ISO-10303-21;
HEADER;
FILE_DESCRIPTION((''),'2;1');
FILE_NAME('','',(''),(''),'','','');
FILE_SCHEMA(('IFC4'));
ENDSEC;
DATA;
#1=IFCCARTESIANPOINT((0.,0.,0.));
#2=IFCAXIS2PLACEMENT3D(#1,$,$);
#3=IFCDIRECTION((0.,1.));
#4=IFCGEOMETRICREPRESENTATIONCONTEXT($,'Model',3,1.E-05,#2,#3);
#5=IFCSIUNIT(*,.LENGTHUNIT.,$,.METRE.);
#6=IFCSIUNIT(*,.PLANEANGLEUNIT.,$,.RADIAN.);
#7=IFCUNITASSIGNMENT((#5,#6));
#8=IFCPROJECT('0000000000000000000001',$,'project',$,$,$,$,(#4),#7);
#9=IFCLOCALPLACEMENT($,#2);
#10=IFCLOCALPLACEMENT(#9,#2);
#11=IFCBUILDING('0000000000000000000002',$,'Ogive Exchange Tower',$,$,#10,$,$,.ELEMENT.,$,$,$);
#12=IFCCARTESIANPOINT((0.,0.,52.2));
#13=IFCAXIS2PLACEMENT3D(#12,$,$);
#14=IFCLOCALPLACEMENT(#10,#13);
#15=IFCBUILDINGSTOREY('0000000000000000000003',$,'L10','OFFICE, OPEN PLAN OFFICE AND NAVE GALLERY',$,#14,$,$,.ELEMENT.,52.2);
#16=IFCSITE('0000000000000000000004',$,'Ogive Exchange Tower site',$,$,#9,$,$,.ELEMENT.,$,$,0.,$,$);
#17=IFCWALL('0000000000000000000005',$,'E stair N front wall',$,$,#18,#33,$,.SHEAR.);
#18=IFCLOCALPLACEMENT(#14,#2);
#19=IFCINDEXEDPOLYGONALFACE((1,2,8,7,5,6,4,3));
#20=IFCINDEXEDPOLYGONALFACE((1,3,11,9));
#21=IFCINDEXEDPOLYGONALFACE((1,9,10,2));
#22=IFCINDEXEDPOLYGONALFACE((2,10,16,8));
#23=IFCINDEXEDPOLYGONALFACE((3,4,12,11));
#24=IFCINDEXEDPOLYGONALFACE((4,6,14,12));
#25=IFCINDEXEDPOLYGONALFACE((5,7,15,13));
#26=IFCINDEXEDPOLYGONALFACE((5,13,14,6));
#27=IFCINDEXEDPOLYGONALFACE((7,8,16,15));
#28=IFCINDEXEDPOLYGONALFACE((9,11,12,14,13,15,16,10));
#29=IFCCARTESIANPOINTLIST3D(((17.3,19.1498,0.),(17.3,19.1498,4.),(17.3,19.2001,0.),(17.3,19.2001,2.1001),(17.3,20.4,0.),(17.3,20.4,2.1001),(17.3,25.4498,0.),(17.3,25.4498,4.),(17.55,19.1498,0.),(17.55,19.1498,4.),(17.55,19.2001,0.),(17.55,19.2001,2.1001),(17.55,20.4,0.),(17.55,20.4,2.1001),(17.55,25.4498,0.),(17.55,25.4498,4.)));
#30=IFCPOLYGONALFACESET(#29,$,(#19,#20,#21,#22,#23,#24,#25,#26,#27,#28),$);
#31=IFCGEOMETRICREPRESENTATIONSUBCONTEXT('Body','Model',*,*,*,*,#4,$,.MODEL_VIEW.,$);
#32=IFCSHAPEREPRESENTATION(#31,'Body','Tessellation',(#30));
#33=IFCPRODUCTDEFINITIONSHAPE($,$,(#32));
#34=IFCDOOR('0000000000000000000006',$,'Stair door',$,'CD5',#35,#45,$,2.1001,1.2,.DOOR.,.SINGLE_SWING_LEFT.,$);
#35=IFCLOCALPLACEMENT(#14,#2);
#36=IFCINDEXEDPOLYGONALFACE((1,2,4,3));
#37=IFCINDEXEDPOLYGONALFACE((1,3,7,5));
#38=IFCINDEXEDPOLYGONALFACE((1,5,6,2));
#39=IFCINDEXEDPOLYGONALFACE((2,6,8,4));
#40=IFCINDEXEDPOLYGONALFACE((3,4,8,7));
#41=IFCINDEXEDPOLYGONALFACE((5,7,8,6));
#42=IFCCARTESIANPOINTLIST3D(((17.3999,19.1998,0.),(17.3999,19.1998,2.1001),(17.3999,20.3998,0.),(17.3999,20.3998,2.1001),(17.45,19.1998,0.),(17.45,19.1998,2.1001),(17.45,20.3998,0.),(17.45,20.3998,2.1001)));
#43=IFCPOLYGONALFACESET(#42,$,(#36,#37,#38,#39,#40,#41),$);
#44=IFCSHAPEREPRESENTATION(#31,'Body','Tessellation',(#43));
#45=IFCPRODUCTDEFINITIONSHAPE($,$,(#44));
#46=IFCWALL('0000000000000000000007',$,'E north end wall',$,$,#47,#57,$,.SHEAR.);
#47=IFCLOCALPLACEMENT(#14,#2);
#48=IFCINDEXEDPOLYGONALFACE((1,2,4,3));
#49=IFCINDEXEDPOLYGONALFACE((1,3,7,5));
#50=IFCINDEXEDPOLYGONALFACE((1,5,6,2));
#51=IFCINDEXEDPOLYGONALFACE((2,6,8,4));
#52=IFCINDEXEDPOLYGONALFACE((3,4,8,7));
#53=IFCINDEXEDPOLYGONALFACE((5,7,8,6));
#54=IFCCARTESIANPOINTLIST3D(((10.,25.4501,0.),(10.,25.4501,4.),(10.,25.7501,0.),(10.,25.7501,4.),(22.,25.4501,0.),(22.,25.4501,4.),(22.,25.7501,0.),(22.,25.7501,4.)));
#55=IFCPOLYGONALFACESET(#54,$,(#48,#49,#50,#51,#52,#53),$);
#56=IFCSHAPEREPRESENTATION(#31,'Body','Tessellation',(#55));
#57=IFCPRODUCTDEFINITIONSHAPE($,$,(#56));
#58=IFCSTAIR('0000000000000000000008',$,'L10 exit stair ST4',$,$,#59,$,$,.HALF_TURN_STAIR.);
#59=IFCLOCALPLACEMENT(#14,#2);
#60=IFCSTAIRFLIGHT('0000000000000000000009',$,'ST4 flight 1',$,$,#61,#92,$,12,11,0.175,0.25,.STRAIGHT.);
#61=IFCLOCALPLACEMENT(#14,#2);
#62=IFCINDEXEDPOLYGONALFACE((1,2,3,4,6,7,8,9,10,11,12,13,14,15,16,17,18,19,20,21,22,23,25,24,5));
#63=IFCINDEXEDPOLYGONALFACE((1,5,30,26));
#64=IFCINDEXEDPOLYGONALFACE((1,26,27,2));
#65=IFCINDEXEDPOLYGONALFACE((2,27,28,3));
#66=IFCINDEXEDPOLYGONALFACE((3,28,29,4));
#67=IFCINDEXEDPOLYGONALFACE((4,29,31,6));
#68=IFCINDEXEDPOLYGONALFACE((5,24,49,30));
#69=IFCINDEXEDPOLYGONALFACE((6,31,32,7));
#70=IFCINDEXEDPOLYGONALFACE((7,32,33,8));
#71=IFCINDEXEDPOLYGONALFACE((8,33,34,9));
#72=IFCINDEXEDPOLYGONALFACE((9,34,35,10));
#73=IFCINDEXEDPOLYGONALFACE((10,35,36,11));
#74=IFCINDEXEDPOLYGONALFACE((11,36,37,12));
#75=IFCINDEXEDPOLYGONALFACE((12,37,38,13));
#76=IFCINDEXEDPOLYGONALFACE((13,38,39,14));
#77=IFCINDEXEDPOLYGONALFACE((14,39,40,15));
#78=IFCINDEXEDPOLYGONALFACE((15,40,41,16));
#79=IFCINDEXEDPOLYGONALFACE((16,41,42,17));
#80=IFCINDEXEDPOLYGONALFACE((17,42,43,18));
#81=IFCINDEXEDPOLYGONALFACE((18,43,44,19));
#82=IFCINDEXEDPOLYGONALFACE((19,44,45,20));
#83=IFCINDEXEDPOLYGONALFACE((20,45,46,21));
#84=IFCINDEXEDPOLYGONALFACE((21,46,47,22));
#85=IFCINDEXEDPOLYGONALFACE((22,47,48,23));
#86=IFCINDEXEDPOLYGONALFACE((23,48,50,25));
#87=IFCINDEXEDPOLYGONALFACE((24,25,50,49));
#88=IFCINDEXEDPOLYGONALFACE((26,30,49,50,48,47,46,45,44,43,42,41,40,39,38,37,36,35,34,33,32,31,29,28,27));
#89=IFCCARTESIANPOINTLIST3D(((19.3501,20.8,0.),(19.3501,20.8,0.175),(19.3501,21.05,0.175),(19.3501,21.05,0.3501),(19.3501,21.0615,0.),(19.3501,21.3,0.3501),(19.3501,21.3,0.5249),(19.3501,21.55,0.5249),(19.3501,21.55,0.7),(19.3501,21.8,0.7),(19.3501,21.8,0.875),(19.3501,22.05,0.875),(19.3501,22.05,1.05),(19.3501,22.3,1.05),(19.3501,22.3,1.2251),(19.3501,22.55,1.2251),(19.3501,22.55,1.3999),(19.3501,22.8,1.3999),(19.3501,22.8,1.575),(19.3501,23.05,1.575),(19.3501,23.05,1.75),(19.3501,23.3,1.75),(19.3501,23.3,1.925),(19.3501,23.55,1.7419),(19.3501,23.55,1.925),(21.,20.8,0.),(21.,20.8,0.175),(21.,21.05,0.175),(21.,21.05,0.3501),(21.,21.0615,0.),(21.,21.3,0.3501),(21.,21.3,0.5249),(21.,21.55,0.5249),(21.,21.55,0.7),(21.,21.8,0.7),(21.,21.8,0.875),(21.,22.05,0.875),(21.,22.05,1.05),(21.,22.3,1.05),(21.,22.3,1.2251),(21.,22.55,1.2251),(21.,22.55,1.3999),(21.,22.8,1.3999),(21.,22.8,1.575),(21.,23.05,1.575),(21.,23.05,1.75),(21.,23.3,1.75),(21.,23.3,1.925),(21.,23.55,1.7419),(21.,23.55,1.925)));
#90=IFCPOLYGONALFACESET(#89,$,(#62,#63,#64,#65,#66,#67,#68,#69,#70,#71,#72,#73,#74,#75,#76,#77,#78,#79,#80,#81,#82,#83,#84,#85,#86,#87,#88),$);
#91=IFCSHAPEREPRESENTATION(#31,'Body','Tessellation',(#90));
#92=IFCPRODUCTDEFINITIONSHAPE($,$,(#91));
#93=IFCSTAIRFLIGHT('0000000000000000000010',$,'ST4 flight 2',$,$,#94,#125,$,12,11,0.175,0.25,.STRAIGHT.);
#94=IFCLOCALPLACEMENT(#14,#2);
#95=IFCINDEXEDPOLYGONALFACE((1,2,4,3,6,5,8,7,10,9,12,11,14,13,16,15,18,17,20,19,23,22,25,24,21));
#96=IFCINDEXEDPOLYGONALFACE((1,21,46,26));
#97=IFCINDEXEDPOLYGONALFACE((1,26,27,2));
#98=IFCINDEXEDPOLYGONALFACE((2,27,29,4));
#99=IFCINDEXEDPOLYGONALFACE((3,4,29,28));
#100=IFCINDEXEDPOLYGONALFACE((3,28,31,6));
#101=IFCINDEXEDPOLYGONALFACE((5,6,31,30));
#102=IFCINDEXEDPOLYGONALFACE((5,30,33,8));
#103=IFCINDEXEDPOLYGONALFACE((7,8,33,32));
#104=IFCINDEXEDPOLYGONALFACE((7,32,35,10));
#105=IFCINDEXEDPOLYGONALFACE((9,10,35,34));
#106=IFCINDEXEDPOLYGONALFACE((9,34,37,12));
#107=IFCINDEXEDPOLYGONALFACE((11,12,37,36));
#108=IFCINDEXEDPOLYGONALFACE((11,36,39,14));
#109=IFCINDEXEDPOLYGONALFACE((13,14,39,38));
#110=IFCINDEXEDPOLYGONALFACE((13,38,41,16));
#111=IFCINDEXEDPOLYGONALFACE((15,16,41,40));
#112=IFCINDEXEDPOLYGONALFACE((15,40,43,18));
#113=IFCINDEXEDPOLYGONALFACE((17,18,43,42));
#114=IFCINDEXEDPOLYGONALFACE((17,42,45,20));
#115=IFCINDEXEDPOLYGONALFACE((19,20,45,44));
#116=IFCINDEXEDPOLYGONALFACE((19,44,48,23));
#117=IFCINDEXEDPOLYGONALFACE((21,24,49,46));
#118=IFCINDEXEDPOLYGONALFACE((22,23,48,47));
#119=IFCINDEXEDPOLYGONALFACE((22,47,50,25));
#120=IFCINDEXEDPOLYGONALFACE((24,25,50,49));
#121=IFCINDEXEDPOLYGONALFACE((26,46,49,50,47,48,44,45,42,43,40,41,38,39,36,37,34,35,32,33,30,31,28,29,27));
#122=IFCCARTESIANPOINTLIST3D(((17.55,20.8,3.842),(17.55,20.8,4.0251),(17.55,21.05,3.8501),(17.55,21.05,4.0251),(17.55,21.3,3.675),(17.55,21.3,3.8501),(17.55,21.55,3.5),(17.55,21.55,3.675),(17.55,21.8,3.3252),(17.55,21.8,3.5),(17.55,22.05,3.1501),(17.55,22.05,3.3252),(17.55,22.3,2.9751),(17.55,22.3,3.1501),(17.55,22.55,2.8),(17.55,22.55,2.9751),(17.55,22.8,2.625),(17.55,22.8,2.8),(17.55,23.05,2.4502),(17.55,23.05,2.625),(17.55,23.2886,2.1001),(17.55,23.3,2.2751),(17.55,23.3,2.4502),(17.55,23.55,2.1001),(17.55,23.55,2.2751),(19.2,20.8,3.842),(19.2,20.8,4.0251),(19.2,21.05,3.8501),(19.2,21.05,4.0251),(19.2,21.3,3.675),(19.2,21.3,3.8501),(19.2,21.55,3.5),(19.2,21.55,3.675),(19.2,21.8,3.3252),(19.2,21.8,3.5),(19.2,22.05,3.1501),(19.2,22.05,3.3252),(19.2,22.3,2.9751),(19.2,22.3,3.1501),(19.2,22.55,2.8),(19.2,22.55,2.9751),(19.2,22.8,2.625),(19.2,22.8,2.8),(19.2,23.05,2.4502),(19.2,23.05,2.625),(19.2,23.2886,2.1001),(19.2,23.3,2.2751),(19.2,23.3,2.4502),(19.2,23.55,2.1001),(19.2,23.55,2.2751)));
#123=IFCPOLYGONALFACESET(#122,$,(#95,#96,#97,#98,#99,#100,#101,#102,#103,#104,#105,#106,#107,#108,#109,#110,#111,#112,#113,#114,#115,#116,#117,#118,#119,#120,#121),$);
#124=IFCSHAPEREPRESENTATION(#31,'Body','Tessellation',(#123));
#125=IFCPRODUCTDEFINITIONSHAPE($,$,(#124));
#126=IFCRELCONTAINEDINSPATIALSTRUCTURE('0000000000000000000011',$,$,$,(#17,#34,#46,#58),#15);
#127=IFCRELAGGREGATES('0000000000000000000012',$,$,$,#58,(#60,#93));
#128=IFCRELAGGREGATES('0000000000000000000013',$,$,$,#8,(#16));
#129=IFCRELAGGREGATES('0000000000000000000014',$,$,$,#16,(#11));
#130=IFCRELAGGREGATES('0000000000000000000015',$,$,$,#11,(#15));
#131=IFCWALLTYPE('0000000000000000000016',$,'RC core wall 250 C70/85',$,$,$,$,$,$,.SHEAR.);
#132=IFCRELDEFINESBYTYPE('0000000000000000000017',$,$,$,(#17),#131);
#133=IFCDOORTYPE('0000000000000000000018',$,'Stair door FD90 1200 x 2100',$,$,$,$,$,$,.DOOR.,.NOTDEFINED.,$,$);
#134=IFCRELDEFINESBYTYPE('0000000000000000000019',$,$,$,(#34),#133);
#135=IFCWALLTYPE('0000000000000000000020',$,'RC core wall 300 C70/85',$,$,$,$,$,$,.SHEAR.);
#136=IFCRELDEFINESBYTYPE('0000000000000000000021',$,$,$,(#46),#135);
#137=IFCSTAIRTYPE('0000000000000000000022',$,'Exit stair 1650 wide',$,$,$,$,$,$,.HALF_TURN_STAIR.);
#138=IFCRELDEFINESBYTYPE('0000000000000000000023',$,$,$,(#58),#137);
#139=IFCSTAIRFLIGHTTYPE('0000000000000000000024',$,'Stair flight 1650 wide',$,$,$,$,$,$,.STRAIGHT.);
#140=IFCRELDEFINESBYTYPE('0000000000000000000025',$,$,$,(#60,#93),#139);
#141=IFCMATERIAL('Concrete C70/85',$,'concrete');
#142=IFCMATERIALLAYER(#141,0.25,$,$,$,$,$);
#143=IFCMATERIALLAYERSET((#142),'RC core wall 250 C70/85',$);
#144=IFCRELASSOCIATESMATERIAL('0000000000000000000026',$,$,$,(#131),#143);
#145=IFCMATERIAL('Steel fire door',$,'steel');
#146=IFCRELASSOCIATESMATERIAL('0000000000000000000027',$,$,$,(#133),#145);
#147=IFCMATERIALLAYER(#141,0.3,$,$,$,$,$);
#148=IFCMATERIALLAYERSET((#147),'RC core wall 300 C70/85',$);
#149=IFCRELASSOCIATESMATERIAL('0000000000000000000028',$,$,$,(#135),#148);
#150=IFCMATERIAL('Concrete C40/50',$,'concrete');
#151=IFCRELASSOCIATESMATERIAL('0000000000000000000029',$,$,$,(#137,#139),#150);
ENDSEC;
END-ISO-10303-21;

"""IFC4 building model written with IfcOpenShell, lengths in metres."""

from ifc_helpers import new_model, si_unit, direction, frame, frame_2d, origin, place, context, subcontext, project, spatial, polyline, rectangle, outline, extrude, material, layer, layer_set, type_object, element, fill, aggregate, save


model = new_model("IFC4")

# Units and contexts
model_context = context("Model", 3, precision=1e-05, world=origin(), true_north=direction((0.0, 1.0)))
body_context = subcontext(model_context, "Body", "Model", "MODEL_VIEW")
ifc_project = project(units=[si_unit("LENGTHUNIT", "METRE"), si_unit("PLANEANGLEUNIT", "RADIAN")], contexts=[model_context])

# Site, building, storey
site_placement = place(None, origin())
site = spatial("IfcSite", under=ifc_project, at=site_placement, Name="Ogive Exchange Tower site", CompositionType="ELEMENT", RefElevation=0.0)
building_placement = place(site_placement, origin())
building = spatial("IfcBuilding", under=site, at=building_placement, Name="Ogive Exchange Tower", CompositionType="ELEMENT")
storey_placement = place(building_placement, frame((0.0, 0.0, 52.2)))
storey = spatial("IfcBuildingStorey", under=building, at=storey_placement, Name="L10", Description="OFFICE, OPEN PLAN OFFICE AND NAVE GALLERY", CompositionType="ELEMENT", Elevation=52.2)

# Wall, opening, door
ifc_material_1 = material(Name="Concrete C70/85", Category="concrete")
ifc_layer_1 = layer(ifc_material_1, 0.25)
ifc_layer_set_1 = layer_set([ifc_layer_1], Name="RC core wall 250 C70/85")
wall_type_1 = type_object("IfcWallType", Name="RC core wall 250 C70/85", PredefinedType="SHEAR", material=ifc_layer_set_1)
wall_1_placement = place(storey_placement, frame((17.425, 19.1499, 0.0), z_axis=(0.0, 0.0, 1.0), x_axis=(0.0, 1.0, 0.0)))
wall_1 = element("IfcWall", 1, at=wall_1_placement, inside=storey, type_object=wall_type_1, Name="E stair N front wall", PredefinedType="SHEAR", context=body_context, shape_type="SweptSolid", body=[
    extrude(rectangle(XDim=6.3, YDim=0.25, at=frame_2d((3.1499, 0.0))), origin(), (0.0, 0.0, 1.0), 4.0),
])
opening_placement = place(wall_1_placement, frame((0.05, 0.0, 0.0)))
opening = element("IfcOpeningElement", 2, at=opening_placement, cuts=wall_1, PredefinedType="OPENING", context=body_context, shape_type="SweptSolid", body=[
    extrude(rectangle(XDim=1.2, YDim=2.1001, at=frame_2d((0.6001, 1.05))), frame((0.0, 0.135, 0.0), z_axis=(0.0, -1.0, 0.0), x_axis=(1.0, 0.0, 0.0)), (0.0, 0.0, 1.0), 0.27),
])
ifc_material_2 = material(Name="Steel fire door", Category="steel")
door_type = type_object("IfcDoorType", Name="Stair door FD90 1200 x 2100", OperationType="NOTDEFINED", PredefinedType="DOOR", material=ifc_material_2)
door_placement = place(opening_placement, frame((1.2, 0.0, 0.0), z_axis=(0.0, 0.0, 1.0), x_axis=(-1.0, 0.0, 0.0)))
door = element("IfcDoor", 3, at=door_placement, inside=storey, type_object=door_type, Name="Stair door", ObjectType="CD5", OperationType="SINGLE_SWING_LEFT", OverallHeight=2.1001, OverallWidth=1.2, PredefinedType="DOOR", context=body_context, shape_type="SweptSolid", body=[
    extrude(rectangle(XDim=1.2, YDim=2.1001, at=frame_2d((0.6001, 1.05))), frame((0.0, 0.0249, 0.0), z_axis=(0.0, -1.0, 0.0), x_axis=(1.0, 0.0, 0.0)), (0.0, 0.0, 1.0), 0.05),
])
fill(opening, door)

# Wall
ifc_layer_2 = layer(ifc_material_1, 0.3)
ifc_layer_set_2 = layer_set([ifc_layer_2], Name="RC core wall 300 C70/85")
wall_type_2 = type_object("IfcWallType", Name="RC core wall 300 C70/85", PredefinedType="SHEAR", material=ifc_layer_set_2)
wall_2_placement = place(storey_placement, frame((10.0, 25.6001, 0.0), z_axis=(0.0, 0.0, 1.0), x_axis=(1.0, 0.0, 0.0)))
element("IfcWall", 4, at=wall_2_placement, inside=storey, type_object=wall_type_2, Name="E north end wall", PredefinedType="SHEAR", context=body_context, shape_type="SweptSolid", body=[
    extrude(rectangle(XDim=12.0, YDim=0.3, at=frame_2d((6.0, 0.0))), origin(), (0.0, 0.0, 1.0), 4.0),
])

# Stair, stair flights
ifc_material_3 = material(Name="Concrete C40/50", Category="concrete")
stair_type = type_object("IfcStairType", Name="Exit stair 1650 wide", PredefinedType="HALF_TURN_STAIR", material=ifc_material_3)
stair_placement = place(storey_placement, origin())
stair = element("IfcStair", 5, at=stair_placement, inside=storey, type_object=stair_type, Name="L10 exit stair ST4", PredefinedType="HALF_TURN_STAIR")
stair_flight_type = type_object("IfcStairFlightType", Name="Stair flight 1650 wide", PredefinedType="STRAIGHT", material=ifc_material_3)
stair_flight_1_placement = place(storey_placement, frame((20.175, 20.8, 0.0), z_axis=(0.0, 0.0, 1.0), x_axis=(0.0, 1.0, 0.0)))
stair_flight_1 = element("IfcStairFlight", 6, at=stair_flight_1_placement, type_object=stair_flight_type, Name="ST4 flight 1", NumberOfRisers=12, NumberOfTreads=11, PredefinedType="STRAIGHT", RiserHeight=0.175, TreadLength=0.25, context=body_context, shape_type="SweptSolid", body=[
    extrude(outline(polyline([(0.0, 0.0), (0.0, 0.175), (0.25, 0.175), (0.25, 0.3501), (0.5, 0.3501), (0.5, 0.5249), (0.75, 0.5249), (0.75, 0.7), (1.0, 0.7), (1.0, 0.875), (1.25, 0.875), (1.25, 1.05), (1.5, 1.05), (1.5, 1.2251), (1.75, 1.2251), (1.75, 1.3999), (2.0, 1.3999), (2.0, 1.575), (2.25, 1.575), (2.25, 1.75), (2.5, 1.75), (2.5, 1.925), (2.75, 1.925), (2.75, 2.1001), (2.75, 1.7419), (0.2615, 0.0), (0.0, 0.0)])), frame((0.0, 0.825, 0.0), z_axis=(0.0, -1.0, 0.0), x_axis=(1.0, 0.0, 0.0)), (0.0, 0.0, 1.0), 1.6499),
])
stair_flight_2_placement = place(storey_placement, frame((18.375, 23.55, 2.1001), z_axis=(0.0, 0.0, 1.0), x_axis=(0.0, -1.0, 0.0)))
stair_flight_2 = element("IfcStairFlight", 7, at=stair_flight_2_placement, type_object=stair_flight_type, Name="ST4 flight 2", NumberOfRisers=12, NumberOfTreads=11, PredefinedType="STRAIGHT", RiserHeight=0.175, TreadLength=0.25, context=body_context, shape_type="SweptSolid", body=[
    extrude(outline(polyline([(0.0, 0.0), (0.0, 0.175), (0.25, 0.175), (0.25, 0.3501), (0.5, 0.3501), (0.5, 0.5249), (0.75, 0.5249), (0.75, 0.7), (1.0, 0.7), (1.0, 0.875), (1.25, 0.875), (1.25, 1.05), (1.5, 1.05), (1.5, 1.2251), (1.75, 1.2251), (1.75, 1.3999), (2.0, 1.3999), (2.0, 1.575), (2.25, 1.575), (2.25, 1.75), (2.5, 1.75), (2.5, 1.925), (2.75, 1.925), (2.75, 2.1001), (2.75, 1.7419), (0.2615, 0.0), (0.0, 0.0)])), frame((0.0, 0.825, 0.0), z_axis=(0.0, -1.0, 0.0), x_axis=(1.0, 0.0, 0.0)), (0.0, 0.0, 1.0), 1.6499),
])
aggregate(stair, [stair_flight_1, stair_flight_2])

save(model, "model.ifc")
